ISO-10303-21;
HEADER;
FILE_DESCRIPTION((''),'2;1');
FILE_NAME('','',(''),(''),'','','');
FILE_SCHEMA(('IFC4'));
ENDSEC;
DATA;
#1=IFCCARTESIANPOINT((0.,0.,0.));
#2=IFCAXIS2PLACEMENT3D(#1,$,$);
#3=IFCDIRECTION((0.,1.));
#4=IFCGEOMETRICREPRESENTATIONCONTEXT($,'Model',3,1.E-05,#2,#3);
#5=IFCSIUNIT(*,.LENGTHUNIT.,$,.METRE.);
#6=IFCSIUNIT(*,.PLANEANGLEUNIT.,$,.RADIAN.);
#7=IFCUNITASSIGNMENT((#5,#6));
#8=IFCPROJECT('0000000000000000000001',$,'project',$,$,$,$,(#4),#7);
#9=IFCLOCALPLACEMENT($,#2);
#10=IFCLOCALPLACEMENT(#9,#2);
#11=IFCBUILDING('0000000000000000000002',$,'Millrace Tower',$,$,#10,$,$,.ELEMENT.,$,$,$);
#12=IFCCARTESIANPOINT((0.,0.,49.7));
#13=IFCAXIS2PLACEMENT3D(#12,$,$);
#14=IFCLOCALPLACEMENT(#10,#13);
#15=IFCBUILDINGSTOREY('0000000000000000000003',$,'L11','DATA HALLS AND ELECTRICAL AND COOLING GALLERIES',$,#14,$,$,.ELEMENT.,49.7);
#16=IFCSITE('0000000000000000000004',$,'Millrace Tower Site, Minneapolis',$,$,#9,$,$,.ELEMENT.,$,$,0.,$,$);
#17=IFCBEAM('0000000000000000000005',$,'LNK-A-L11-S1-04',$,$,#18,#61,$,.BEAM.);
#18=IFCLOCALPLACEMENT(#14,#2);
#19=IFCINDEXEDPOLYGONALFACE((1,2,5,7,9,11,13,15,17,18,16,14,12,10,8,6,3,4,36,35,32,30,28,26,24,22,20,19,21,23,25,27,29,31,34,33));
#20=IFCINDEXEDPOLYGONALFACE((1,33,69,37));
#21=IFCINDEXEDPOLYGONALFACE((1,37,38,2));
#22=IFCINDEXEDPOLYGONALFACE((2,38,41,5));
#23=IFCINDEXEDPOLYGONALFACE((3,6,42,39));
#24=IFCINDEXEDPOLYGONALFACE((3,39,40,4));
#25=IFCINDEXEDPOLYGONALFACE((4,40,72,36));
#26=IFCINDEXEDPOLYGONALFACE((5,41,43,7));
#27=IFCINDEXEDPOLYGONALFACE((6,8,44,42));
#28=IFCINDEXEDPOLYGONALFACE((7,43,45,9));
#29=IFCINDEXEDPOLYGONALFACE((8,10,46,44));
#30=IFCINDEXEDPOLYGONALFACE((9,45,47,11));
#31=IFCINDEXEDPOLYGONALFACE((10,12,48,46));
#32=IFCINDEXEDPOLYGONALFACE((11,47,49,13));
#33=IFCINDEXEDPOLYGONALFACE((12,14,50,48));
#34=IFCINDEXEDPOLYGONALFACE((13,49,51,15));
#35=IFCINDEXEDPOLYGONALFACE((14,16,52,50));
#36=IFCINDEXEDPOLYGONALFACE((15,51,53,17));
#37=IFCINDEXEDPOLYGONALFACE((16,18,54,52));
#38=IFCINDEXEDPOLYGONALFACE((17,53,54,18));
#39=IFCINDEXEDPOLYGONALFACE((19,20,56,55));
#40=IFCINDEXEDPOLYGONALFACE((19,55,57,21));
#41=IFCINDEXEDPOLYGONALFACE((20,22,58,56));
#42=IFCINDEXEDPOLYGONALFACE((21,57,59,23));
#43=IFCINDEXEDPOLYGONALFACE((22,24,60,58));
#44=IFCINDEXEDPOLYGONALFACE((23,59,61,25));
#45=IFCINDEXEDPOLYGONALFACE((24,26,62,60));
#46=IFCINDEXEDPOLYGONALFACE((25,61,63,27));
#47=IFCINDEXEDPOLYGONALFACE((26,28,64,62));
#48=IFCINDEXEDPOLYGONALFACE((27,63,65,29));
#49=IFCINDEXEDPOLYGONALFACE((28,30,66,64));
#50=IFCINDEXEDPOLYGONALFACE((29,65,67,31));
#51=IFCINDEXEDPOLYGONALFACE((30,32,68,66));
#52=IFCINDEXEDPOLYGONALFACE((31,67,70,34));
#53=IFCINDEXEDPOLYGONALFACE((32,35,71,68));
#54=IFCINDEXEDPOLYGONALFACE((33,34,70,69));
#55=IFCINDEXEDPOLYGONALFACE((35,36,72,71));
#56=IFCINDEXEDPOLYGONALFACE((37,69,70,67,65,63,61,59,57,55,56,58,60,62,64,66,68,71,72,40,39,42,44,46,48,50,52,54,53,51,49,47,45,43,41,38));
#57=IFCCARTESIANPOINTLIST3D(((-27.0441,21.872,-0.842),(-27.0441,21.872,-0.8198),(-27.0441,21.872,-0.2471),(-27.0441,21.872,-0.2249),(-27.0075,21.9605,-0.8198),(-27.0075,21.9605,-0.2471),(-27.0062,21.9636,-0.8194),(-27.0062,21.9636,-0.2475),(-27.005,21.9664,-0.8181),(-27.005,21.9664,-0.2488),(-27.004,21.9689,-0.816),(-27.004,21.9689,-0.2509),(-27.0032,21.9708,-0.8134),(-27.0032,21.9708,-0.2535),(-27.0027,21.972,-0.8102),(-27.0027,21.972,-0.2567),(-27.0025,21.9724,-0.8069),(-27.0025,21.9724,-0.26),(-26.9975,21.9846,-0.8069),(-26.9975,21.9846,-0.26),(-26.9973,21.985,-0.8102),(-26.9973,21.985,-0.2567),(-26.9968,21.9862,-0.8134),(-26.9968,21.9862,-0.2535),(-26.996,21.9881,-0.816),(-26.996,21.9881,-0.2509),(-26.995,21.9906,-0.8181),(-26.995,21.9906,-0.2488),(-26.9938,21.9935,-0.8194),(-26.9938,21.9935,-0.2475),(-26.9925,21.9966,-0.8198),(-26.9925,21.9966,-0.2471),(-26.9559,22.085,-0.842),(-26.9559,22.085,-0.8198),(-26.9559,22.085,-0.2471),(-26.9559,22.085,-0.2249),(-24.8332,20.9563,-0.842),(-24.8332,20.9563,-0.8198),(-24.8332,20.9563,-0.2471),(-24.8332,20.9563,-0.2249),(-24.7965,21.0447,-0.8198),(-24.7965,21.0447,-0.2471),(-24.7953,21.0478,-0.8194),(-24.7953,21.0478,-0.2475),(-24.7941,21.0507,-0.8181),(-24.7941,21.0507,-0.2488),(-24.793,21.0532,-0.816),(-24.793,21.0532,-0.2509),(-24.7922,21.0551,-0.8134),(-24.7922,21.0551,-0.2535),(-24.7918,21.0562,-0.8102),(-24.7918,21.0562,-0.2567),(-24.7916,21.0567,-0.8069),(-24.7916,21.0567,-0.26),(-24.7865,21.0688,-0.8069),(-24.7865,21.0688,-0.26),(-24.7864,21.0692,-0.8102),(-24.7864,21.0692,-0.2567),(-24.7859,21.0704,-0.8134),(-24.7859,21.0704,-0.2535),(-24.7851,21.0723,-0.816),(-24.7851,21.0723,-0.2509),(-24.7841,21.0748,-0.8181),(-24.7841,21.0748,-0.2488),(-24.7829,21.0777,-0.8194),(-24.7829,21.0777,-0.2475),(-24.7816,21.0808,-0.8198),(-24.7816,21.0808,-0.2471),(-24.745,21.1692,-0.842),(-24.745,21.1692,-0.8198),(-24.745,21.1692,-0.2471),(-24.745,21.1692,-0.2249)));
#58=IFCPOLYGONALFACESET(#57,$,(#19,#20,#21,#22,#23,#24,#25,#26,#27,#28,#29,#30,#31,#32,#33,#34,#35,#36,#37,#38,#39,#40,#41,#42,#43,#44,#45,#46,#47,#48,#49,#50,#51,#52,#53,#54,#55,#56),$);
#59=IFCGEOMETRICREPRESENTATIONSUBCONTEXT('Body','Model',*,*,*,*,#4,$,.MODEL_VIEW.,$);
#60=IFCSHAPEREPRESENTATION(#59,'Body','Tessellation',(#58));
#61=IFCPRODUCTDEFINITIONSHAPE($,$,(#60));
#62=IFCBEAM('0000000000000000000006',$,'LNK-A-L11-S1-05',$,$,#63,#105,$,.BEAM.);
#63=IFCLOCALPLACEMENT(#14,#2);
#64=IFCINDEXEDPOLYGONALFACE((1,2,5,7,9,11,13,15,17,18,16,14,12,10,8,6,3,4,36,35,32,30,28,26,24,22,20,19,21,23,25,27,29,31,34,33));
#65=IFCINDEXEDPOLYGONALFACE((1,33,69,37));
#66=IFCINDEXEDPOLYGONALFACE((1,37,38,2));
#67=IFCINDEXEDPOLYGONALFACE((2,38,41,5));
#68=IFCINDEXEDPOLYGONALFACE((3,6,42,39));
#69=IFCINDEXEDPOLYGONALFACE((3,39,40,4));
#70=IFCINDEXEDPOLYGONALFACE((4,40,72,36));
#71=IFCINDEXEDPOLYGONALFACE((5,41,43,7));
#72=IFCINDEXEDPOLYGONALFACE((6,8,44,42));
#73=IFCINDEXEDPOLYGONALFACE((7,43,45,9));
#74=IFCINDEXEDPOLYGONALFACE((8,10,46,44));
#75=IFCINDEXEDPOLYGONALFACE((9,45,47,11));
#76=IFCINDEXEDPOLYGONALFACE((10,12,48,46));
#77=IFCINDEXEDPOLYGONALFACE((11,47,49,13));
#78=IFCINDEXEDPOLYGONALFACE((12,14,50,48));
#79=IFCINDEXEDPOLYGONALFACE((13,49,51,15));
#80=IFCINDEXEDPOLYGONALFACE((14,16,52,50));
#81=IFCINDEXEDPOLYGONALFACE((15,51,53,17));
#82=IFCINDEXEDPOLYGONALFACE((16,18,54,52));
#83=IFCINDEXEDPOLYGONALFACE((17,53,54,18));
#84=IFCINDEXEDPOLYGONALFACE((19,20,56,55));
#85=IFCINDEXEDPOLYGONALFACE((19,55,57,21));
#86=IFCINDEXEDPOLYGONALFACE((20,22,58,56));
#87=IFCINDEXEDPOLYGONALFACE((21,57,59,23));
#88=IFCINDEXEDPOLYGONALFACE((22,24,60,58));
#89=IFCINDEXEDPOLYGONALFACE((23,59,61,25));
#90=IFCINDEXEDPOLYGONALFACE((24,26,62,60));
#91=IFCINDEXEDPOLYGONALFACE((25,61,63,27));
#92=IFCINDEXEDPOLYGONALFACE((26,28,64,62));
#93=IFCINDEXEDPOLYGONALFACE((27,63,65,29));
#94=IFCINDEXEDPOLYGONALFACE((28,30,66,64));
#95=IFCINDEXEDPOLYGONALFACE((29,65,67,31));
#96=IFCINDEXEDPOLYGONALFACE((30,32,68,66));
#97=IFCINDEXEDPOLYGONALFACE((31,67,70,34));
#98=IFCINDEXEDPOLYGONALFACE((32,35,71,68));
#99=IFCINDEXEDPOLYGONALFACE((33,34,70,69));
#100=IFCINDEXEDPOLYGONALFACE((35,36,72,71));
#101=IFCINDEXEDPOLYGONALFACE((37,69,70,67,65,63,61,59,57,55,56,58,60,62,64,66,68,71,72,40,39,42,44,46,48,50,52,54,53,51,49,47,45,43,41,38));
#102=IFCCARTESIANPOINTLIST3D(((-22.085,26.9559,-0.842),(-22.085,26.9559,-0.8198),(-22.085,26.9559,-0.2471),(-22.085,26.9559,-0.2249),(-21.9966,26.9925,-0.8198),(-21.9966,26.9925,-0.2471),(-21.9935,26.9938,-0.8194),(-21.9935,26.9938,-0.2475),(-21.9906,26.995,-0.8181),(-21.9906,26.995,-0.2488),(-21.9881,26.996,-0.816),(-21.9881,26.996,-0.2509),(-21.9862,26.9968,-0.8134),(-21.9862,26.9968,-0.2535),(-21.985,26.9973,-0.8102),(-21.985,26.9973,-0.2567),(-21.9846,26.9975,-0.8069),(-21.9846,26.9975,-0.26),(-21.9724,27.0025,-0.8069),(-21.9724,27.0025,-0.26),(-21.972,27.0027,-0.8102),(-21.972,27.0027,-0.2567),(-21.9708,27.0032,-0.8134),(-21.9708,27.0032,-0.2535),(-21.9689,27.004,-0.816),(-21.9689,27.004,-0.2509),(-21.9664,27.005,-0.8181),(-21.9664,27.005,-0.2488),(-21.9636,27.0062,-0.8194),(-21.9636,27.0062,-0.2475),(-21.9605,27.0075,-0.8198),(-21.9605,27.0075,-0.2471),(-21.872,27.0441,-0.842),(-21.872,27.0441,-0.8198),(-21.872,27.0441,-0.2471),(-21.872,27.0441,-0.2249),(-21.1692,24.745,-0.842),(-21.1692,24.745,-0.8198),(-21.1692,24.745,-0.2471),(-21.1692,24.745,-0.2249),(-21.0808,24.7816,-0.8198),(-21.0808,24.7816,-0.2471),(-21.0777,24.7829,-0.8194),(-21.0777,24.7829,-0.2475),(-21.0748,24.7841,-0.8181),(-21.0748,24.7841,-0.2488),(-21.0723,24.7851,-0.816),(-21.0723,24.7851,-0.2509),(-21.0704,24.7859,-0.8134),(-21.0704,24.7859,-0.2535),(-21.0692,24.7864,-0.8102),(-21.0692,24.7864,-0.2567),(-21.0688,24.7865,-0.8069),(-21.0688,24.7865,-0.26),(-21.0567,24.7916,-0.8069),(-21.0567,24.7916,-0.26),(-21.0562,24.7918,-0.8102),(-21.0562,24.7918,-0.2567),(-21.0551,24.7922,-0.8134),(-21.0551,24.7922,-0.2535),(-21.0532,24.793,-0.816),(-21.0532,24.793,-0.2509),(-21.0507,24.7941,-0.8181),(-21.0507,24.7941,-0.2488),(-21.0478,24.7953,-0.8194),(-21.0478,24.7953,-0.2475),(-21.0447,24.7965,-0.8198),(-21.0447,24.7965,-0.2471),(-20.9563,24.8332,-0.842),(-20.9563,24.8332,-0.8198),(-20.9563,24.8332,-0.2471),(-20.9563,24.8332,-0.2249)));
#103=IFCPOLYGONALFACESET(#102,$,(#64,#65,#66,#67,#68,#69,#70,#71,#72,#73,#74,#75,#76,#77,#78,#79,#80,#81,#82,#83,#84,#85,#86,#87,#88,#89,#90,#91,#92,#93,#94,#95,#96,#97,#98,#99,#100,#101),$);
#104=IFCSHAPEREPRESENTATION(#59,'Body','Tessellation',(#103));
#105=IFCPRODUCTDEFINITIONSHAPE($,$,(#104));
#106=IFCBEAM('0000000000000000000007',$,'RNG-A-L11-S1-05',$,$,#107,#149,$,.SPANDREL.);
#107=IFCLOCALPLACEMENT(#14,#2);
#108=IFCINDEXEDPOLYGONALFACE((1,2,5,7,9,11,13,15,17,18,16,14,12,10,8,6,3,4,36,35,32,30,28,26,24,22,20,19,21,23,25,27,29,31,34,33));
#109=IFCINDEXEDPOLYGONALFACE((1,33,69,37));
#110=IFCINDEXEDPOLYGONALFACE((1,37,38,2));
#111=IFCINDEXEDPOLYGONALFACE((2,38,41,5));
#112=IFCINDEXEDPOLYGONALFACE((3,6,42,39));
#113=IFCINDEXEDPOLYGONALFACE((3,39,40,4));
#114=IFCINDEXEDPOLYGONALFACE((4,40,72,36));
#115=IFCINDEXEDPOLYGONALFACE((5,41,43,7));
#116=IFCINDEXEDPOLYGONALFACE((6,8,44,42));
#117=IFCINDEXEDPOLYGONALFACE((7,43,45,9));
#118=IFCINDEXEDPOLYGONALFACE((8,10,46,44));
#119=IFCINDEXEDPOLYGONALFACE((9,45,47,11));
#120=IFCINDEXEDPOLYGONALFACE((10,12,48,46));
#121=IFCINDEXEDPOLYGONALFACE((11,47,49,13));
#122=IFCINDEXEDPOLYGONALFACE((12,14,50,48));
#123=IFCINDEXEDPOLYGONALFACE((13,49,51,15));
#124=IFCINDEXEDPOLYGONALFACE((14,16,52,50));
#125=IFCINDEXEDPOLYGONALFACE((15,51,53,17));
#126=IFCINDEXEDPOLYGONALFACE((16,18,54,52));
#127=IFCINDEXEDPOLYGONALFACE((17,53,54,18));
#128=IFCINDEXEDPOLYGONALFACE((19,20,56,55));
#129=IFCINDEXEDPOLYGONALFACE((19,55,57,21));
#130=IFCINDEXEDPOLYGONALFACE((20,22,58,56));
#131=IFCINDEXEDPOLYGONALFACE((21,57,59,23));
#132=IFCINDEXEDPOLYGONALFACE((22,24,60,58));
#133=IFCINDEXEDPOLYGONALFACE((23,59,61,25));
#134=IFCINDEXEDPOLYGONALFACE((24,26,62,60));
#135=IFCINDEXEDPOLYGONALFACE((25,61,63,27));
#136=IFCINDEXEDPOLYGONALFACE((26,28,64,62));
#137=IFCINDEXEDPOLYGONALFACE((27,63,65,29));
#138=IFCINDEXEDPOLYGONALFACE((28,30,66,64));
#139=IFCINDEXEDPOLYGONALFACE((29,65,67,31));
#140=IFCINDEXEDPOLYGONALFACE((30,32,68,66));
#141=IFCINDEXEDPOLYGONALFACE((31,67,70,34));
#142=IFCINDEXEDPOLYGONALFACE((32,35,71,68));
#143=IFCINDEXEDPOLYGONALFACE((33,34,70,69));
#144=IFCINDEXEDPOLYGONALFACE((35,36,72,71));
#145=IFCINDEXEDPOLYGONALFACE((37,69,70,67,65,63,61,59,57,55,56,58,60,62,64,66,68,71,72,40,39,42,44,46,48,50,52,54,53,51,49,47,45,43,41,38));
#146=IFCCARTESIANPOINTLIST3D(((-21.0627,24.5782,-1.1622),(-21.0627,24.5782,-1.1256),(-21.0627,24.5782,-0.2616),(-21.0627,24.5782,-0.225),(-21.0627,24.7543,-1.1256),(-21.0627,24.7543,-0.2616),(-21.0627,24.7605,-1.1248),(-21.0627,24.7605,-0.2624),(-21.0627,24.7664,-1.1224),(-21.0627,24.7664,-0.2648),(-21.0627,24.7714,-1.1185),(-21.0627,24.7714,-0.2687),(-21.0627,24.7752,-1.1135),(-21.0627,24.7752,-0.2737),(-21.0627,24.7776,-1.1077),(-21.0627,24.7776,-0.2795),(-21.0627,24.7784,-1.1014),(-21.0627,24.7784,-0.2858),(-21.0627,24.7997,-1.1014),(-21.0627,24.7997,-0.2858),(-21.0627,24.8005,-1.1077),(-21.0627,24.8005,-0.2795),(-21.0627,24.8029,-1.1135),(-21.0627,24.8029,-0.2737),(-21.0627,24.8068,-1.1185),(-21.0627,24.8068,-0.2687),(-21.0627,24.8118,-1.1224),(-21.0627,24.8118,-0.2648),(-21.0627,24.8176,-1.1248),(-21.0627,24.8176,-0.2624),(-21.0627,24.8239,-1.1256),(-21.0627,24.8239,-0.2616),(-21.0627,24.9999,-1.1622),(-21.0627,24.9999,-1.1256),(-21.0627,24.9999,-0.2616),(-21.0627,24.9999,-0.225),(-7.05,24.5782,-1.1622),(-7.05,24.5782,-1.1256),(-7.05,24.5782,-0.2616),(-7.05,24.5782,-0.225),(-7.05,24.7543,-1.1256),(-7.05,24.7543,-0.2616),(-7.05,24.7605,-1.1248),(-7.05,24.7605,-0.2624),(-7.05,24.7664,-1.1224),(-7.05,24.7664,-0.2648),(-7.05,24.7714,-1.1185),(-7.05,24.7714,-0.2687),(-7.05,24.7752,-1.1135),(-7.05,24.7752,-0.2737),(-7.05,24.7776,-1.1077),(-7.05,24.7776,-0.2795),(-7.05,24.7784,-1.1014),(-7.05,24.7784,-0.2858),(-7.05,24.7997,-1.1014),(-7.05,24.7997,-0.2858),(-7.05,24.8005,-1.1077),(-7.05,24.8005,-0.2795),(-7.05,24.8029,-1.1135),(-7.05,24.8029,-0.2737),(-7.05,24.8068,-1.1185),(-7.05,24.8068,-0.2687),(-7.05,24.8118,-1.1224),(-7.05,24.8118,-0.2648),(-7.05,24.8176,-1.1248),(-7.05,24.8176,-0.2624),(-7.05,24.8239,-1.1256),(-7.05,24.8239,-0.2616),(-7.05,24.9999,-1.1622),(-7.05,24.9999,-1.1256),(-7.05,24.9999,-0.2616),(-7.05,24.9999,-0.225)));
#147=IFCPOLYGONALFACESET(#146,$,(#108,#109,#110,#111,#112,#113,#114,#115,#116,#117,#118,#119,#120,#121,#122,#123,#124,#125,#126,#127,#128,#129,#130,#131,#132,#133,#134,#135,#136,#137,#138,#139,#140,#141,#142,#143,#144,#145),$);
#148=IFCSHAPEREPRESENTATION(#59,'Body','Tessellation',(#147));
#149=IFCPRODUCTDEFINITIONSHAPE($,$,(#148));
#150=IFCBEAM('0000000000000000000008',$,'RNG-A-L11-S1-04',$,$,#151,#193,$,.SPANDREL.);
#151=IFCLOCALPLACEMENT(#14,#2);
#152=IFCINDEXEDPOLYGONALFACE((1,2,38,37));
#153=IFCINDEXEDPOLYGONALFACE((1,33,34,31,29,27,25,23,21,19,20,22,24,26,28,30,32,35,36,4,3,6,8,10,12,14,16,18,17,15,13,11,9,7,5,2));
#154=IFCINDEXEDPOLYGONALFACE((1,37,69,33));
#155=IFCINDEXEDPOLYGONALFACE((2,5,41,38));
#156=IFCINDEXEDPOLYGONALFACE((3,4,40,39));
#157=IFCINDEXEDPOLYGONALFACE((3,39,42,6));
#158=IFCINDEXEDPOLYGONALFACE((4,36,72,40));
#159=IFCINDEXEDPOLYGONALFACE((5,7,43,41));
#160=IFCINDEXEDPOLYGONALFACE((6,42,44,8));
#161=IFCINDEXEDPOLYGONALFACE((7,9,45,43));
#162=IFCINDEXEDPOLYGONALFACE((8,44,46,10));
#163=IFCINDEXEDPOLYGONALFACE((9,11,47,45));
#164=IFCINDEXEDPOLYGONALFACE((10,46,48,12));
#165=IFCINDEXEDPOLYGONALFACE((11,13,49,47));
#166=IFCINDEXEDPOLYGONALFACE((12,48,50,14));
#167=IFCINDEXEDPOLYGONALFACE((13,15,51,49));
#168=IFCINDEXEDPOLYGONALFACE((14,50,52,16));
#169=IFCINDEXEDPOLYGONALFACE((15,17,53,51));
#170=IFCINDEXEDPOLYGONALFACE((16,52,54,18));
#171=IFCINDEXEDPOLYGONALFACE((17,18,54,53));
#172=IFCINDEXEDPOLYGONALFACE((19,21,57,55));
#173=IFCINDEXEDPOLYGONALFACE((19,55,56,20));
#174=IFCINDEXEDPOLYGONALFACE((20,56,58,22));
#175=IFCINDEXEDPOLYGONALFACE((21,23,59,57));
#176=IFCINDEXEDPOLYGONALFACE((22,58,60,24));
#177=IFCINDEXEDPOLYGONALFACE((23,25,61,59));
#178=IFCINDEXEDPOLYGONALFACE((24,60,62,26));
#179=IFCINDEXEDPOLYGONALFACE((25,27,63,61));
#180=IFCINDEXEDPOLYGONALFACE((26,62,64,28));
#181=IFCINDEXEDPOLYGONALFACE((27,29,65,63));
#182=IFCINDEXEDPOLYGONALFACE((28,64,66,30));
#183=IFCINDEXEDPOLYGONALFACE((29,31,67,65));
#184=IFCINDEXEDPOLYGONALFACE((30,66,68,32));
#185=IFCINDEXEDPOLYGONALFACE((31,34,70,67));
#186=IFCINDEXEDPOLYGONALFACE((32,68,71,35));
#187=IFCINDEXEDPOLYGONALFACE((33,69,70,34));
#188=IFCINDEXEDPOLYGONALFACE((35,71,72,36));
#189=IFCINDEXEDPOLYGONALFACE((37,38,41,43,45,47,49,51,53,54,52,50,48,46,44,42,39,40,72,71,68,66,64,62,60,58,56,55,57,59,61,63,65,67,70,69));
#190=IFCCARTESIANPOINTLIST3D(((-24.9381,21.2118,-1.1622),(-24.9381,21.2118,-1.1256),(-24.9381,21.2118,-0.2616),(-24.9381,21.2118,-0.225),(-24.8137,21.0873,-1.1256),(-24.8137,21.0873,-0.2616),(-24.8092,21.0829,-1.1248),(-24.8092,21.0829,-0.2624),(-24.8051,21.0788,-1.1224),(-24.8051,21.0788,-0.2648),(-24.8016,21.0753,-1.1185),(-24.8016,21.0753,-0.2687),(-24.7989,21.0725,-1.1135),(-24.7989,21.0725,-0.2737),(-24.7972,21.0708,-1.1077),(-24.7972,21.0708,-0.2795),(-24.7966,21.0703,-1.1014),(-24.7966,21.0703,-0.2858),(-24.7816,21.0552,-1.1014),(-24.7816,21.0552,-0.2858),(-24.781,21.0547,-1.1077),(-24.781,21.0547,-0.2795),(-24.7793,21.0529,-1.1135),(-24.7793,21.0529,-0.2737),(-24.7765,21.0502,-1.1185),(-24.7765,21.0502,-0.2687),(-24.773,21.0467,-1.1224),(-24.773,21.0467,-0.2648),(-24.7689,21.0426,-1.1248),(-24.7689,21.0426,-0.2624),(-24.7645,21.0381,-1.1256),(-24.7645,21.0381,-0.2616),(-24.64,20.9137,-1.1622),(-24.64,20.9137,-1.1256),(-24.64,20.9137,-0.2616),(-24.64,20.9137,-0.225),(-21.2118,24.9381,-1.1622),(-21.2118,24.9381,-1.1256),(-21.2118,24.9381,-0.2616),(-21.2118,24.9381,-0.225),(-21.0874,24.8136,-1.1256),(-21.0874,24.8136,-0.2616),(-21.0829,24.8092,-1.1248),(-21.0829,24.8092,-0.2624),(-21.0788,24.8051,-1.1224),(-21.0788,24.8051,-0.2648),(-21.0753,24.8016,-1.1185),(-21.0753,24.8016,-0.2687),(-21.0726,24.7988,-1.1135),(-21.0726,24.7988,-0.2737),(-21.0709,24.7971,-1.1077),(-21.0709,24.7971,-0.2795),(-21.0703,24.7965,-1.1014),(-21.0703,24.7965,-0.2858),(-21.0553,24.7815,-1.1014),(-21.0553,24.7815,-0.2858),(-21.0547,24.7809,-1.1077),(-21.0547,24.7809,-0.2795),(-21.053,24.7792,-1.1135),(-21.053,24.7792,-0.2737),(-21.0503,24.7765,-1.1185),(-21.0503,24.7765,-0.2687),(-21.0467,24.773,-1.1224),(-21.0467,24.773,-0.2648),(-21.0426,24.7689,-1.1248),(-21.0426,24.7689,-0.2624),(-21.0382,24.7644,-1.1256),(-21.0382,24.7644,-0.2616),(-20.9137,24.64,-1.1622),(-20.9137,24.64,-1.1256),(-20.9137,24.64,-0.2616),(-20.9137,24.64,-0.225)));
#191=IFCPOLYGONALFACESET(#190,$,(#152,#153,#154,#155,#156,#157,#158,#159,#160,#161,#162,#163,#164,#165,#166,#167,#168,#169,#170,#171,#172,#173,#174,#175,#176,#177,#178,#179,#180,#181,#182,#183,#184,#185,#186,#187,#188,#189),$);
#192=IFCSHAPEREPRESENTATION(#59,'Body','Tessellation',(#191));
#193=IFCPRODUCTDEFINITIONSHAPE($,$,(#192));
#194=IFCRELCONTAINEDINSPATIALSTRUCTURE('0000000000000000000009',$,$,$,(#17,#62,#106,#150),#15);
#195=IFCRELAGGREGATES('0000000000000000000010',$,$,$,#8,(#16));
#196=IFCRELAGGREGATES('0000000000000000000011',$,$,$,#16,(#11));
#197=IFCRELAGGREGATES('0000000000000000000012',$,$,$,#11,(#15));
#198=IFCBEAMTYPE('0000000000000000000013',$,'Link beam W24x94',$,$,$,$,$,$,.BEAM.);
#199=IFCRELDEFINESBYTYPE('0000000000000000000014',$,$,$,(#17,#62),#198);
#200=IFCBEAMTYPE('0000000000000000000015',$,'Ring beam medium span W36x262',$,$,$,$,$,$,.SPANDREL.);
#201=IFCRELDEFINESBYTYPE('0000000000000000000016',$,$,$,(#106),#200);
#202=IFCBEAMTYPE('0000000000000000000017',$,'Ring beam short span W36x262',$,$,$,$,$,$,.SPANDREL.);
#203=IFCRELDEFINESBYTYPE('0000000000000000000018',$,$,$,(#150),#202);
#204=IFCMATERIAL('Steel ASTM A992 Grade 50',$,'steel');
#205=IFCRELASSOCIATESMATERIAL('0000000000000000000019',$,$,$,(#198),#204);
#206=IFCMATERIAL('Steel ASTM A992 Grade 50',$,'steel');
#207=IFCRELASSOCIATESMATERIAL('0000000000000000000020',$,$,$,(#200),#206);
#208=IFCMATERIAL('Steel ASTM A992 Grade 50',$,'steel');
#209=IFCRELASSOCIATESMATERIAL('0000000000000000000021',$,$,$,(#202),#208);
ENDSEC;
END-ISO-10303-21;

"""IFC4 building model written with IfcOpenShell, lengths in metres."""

from ifc_helpers import new_model, si_unit, direction, frame, origin, origin_2d, place, context, subcontext, project, spatial, i_section, extrude, material, material_profile, profile_set, type_object, element, save


model = new_model("IFC4")

# Units and contexts
model_context = context("Model", 3, precision=1e-05, world=origin(), true_north=direction((0.0, 1.0)))
body_context = subcontext(model_context, "Body", "Model", "MODEL_VIEW")
ifc_project = project(units=[si_unit("LENGTHUNIT", "METRE"), si_unit("PLANEANGLEUNIT", "RADIAN")], contexts=[model_context])

# Site, building, storey
site_placement = place(None, origin())
site = spatial("IfcSite", under=ifc_project, at=site_placement, Name="Millrace Tower Site, Minneapolis", CompositionType="ELEMENT", RefElevation=0.0)
building_placement = place(site_placement, origin())
building = spatial("IfcBuilding", under=site, at=building_placement, Name="Millrace Tower", CompositionType="ELEMENT")
storey_placement = place(building_placement, frame((0.0, 0.0, 49.7)))
storey = spatial("IfcBuildingStorey", under=building, at=storey_placement, Name="L11", Description="DATA HALLS AND ELECTRICAL AND COOLING GALLERIES", CompositionType="ELEMENT", Elevation=49.7)

# Beams
ifc_material_1 = material(Name="Steel ASTM A992 Grade 50", Category="steel")
ifc_material_profile_1 = material_profile(ifc_material_1, i_section(OverallWidth=0.2305, OverallDepth=0.6172, WebThickness=0.0132, FlangeThickness=0.0222, FilletRadius=0.0129, at=origin_2d()))
ifc_profile_set_1 = profile_set([ifc_material_profile_1], Name="Steel ASTM A992 Grade 50")
beam_type_1 = type_object("IfcBeamType", Name="Link beam W24x94", PredefinedType="BEAM", material=ifc_profile_set_1)
for number, where, z_axis, x_axis, name in (
    (1, (-24.7891, 21.0627, -0.5334), (-0.923884, 0.382673, 0.0), (-0.382673, -0.923884, 0.0), "LNK-A-L11-S1-04"),
    (2, (-21.0627, 24.7891, -0.5334), (-0.382673, 0.923884, 0.0), (-0.923884, -0.382673, 0.0), "LNK-A-L11-S1-05"),
):
    element("IfcBeam", number, at=place(storey_placement, frame(where, z_axis=z_axis, x_axis=x_axis)), inside=storey, type_object=beam_type_1, Name=name, PredefinedType="BEAM", context=body_context, shape_type="SweptSolid", body=[
        extrude(i_section(OverallWidth=0.2305, OverallDepth=0.6172, WebThickness=0.0132, FlangeThickness=0.0222, FilletRadius=0.0129, at=origin_2d()), origin(), (0.0, 0.0, 1.0), 2.3931),
    ])
ifc_material_2 = material(Name="Steel ASTM A992 Grade 50", Category="steel")
ifc_material_profile_2 = material_profile(ifc_material_2, i_section(OverallWidth=0.4216, OverallDepth=0.9373, WebThickness=0.0212, FlangeThickness=0.0366, FilletRadius=0.0242, at=origin_2d()))
ifc_profile_set_2 = profile_set([ifc_material_profile_2], Name="Steel ASTM A992 Grade 50")
beam_type_2 = type_object("IfcBeamType", Name="Ring beam medium span W36x262", PredefinedType="SPANDREL", material=ifc_profile_set_2)
beam_1_placement = place(storey_placement, frame((-21.0627, 24.7891, -0.6936), z_axis=(1.0, 0.0, 0.0), x_axis=(0.0, 1.0, 0.0)))
element("IfcBeam", 3, at=beam_1_placement, inside=storey, type_object=beam_type_2, Name="RNG-A-L11-S1-05", PredefinedType="SPANDREL", context=body_context, shape_type="SweptSolid", body=[
    extrude(i_section(OverallWidth=0.4216, OverallDepth=0.9373, WebThickness=0.0212, FlangeThickness=0.0366, FilletRadius=0.0242, at=origin_2d()), origin(), (0.0, 0.0, 1.0), 14.0127),
])
ifc_material_3 = material(Name="Steel ASTM A992 Grade 50", Category="steel")
ifc_material_profile_3 = material_profile(ifc_material_3, i_section(OverallWidth=0.4216, OverallDepth=0.9373, WebThickness=0.0212, FlangeThickness=0.0366, FilletRadius=0.0242, at=origin_2d()))
ifc_profile_set_3 = profile_set([ifc_material_profile_3], Name="Steel ASTM A992 Grade 50")
beam_type_3 = type_object("IfcBeamType", Name="Ring beam short span W36x262", PredefinedType="SPANDREL", material=ifc_profile_set_3)
beam_2_placement = place(storey_placement, frame((-24.7891, 21.0627, -0.6936), z_axis=(0.707107, 0.707107, 0.0), x_axis=(-0.707107, 0.707107, 0.0)))
element("IfcBeam", 4, at=beam_2_placement, inside=storey, type_object=beam_type_3, Name="RNG-A-L11-S1-04", PredefinedType="SPANDREL", context=body_context, shape_type="SweptSolid", body=[
    extrude(i_section(OverallWidth=0.4216, OverallDepth=0.9373, WebThickness=0.0212, FlangeThickness=0.0366, FilletRadius=0.0242, at=origin_2d()), origin(), (0.0, 0.0, 1.0), 5.2698),
])

save(model, "model.ifc")
